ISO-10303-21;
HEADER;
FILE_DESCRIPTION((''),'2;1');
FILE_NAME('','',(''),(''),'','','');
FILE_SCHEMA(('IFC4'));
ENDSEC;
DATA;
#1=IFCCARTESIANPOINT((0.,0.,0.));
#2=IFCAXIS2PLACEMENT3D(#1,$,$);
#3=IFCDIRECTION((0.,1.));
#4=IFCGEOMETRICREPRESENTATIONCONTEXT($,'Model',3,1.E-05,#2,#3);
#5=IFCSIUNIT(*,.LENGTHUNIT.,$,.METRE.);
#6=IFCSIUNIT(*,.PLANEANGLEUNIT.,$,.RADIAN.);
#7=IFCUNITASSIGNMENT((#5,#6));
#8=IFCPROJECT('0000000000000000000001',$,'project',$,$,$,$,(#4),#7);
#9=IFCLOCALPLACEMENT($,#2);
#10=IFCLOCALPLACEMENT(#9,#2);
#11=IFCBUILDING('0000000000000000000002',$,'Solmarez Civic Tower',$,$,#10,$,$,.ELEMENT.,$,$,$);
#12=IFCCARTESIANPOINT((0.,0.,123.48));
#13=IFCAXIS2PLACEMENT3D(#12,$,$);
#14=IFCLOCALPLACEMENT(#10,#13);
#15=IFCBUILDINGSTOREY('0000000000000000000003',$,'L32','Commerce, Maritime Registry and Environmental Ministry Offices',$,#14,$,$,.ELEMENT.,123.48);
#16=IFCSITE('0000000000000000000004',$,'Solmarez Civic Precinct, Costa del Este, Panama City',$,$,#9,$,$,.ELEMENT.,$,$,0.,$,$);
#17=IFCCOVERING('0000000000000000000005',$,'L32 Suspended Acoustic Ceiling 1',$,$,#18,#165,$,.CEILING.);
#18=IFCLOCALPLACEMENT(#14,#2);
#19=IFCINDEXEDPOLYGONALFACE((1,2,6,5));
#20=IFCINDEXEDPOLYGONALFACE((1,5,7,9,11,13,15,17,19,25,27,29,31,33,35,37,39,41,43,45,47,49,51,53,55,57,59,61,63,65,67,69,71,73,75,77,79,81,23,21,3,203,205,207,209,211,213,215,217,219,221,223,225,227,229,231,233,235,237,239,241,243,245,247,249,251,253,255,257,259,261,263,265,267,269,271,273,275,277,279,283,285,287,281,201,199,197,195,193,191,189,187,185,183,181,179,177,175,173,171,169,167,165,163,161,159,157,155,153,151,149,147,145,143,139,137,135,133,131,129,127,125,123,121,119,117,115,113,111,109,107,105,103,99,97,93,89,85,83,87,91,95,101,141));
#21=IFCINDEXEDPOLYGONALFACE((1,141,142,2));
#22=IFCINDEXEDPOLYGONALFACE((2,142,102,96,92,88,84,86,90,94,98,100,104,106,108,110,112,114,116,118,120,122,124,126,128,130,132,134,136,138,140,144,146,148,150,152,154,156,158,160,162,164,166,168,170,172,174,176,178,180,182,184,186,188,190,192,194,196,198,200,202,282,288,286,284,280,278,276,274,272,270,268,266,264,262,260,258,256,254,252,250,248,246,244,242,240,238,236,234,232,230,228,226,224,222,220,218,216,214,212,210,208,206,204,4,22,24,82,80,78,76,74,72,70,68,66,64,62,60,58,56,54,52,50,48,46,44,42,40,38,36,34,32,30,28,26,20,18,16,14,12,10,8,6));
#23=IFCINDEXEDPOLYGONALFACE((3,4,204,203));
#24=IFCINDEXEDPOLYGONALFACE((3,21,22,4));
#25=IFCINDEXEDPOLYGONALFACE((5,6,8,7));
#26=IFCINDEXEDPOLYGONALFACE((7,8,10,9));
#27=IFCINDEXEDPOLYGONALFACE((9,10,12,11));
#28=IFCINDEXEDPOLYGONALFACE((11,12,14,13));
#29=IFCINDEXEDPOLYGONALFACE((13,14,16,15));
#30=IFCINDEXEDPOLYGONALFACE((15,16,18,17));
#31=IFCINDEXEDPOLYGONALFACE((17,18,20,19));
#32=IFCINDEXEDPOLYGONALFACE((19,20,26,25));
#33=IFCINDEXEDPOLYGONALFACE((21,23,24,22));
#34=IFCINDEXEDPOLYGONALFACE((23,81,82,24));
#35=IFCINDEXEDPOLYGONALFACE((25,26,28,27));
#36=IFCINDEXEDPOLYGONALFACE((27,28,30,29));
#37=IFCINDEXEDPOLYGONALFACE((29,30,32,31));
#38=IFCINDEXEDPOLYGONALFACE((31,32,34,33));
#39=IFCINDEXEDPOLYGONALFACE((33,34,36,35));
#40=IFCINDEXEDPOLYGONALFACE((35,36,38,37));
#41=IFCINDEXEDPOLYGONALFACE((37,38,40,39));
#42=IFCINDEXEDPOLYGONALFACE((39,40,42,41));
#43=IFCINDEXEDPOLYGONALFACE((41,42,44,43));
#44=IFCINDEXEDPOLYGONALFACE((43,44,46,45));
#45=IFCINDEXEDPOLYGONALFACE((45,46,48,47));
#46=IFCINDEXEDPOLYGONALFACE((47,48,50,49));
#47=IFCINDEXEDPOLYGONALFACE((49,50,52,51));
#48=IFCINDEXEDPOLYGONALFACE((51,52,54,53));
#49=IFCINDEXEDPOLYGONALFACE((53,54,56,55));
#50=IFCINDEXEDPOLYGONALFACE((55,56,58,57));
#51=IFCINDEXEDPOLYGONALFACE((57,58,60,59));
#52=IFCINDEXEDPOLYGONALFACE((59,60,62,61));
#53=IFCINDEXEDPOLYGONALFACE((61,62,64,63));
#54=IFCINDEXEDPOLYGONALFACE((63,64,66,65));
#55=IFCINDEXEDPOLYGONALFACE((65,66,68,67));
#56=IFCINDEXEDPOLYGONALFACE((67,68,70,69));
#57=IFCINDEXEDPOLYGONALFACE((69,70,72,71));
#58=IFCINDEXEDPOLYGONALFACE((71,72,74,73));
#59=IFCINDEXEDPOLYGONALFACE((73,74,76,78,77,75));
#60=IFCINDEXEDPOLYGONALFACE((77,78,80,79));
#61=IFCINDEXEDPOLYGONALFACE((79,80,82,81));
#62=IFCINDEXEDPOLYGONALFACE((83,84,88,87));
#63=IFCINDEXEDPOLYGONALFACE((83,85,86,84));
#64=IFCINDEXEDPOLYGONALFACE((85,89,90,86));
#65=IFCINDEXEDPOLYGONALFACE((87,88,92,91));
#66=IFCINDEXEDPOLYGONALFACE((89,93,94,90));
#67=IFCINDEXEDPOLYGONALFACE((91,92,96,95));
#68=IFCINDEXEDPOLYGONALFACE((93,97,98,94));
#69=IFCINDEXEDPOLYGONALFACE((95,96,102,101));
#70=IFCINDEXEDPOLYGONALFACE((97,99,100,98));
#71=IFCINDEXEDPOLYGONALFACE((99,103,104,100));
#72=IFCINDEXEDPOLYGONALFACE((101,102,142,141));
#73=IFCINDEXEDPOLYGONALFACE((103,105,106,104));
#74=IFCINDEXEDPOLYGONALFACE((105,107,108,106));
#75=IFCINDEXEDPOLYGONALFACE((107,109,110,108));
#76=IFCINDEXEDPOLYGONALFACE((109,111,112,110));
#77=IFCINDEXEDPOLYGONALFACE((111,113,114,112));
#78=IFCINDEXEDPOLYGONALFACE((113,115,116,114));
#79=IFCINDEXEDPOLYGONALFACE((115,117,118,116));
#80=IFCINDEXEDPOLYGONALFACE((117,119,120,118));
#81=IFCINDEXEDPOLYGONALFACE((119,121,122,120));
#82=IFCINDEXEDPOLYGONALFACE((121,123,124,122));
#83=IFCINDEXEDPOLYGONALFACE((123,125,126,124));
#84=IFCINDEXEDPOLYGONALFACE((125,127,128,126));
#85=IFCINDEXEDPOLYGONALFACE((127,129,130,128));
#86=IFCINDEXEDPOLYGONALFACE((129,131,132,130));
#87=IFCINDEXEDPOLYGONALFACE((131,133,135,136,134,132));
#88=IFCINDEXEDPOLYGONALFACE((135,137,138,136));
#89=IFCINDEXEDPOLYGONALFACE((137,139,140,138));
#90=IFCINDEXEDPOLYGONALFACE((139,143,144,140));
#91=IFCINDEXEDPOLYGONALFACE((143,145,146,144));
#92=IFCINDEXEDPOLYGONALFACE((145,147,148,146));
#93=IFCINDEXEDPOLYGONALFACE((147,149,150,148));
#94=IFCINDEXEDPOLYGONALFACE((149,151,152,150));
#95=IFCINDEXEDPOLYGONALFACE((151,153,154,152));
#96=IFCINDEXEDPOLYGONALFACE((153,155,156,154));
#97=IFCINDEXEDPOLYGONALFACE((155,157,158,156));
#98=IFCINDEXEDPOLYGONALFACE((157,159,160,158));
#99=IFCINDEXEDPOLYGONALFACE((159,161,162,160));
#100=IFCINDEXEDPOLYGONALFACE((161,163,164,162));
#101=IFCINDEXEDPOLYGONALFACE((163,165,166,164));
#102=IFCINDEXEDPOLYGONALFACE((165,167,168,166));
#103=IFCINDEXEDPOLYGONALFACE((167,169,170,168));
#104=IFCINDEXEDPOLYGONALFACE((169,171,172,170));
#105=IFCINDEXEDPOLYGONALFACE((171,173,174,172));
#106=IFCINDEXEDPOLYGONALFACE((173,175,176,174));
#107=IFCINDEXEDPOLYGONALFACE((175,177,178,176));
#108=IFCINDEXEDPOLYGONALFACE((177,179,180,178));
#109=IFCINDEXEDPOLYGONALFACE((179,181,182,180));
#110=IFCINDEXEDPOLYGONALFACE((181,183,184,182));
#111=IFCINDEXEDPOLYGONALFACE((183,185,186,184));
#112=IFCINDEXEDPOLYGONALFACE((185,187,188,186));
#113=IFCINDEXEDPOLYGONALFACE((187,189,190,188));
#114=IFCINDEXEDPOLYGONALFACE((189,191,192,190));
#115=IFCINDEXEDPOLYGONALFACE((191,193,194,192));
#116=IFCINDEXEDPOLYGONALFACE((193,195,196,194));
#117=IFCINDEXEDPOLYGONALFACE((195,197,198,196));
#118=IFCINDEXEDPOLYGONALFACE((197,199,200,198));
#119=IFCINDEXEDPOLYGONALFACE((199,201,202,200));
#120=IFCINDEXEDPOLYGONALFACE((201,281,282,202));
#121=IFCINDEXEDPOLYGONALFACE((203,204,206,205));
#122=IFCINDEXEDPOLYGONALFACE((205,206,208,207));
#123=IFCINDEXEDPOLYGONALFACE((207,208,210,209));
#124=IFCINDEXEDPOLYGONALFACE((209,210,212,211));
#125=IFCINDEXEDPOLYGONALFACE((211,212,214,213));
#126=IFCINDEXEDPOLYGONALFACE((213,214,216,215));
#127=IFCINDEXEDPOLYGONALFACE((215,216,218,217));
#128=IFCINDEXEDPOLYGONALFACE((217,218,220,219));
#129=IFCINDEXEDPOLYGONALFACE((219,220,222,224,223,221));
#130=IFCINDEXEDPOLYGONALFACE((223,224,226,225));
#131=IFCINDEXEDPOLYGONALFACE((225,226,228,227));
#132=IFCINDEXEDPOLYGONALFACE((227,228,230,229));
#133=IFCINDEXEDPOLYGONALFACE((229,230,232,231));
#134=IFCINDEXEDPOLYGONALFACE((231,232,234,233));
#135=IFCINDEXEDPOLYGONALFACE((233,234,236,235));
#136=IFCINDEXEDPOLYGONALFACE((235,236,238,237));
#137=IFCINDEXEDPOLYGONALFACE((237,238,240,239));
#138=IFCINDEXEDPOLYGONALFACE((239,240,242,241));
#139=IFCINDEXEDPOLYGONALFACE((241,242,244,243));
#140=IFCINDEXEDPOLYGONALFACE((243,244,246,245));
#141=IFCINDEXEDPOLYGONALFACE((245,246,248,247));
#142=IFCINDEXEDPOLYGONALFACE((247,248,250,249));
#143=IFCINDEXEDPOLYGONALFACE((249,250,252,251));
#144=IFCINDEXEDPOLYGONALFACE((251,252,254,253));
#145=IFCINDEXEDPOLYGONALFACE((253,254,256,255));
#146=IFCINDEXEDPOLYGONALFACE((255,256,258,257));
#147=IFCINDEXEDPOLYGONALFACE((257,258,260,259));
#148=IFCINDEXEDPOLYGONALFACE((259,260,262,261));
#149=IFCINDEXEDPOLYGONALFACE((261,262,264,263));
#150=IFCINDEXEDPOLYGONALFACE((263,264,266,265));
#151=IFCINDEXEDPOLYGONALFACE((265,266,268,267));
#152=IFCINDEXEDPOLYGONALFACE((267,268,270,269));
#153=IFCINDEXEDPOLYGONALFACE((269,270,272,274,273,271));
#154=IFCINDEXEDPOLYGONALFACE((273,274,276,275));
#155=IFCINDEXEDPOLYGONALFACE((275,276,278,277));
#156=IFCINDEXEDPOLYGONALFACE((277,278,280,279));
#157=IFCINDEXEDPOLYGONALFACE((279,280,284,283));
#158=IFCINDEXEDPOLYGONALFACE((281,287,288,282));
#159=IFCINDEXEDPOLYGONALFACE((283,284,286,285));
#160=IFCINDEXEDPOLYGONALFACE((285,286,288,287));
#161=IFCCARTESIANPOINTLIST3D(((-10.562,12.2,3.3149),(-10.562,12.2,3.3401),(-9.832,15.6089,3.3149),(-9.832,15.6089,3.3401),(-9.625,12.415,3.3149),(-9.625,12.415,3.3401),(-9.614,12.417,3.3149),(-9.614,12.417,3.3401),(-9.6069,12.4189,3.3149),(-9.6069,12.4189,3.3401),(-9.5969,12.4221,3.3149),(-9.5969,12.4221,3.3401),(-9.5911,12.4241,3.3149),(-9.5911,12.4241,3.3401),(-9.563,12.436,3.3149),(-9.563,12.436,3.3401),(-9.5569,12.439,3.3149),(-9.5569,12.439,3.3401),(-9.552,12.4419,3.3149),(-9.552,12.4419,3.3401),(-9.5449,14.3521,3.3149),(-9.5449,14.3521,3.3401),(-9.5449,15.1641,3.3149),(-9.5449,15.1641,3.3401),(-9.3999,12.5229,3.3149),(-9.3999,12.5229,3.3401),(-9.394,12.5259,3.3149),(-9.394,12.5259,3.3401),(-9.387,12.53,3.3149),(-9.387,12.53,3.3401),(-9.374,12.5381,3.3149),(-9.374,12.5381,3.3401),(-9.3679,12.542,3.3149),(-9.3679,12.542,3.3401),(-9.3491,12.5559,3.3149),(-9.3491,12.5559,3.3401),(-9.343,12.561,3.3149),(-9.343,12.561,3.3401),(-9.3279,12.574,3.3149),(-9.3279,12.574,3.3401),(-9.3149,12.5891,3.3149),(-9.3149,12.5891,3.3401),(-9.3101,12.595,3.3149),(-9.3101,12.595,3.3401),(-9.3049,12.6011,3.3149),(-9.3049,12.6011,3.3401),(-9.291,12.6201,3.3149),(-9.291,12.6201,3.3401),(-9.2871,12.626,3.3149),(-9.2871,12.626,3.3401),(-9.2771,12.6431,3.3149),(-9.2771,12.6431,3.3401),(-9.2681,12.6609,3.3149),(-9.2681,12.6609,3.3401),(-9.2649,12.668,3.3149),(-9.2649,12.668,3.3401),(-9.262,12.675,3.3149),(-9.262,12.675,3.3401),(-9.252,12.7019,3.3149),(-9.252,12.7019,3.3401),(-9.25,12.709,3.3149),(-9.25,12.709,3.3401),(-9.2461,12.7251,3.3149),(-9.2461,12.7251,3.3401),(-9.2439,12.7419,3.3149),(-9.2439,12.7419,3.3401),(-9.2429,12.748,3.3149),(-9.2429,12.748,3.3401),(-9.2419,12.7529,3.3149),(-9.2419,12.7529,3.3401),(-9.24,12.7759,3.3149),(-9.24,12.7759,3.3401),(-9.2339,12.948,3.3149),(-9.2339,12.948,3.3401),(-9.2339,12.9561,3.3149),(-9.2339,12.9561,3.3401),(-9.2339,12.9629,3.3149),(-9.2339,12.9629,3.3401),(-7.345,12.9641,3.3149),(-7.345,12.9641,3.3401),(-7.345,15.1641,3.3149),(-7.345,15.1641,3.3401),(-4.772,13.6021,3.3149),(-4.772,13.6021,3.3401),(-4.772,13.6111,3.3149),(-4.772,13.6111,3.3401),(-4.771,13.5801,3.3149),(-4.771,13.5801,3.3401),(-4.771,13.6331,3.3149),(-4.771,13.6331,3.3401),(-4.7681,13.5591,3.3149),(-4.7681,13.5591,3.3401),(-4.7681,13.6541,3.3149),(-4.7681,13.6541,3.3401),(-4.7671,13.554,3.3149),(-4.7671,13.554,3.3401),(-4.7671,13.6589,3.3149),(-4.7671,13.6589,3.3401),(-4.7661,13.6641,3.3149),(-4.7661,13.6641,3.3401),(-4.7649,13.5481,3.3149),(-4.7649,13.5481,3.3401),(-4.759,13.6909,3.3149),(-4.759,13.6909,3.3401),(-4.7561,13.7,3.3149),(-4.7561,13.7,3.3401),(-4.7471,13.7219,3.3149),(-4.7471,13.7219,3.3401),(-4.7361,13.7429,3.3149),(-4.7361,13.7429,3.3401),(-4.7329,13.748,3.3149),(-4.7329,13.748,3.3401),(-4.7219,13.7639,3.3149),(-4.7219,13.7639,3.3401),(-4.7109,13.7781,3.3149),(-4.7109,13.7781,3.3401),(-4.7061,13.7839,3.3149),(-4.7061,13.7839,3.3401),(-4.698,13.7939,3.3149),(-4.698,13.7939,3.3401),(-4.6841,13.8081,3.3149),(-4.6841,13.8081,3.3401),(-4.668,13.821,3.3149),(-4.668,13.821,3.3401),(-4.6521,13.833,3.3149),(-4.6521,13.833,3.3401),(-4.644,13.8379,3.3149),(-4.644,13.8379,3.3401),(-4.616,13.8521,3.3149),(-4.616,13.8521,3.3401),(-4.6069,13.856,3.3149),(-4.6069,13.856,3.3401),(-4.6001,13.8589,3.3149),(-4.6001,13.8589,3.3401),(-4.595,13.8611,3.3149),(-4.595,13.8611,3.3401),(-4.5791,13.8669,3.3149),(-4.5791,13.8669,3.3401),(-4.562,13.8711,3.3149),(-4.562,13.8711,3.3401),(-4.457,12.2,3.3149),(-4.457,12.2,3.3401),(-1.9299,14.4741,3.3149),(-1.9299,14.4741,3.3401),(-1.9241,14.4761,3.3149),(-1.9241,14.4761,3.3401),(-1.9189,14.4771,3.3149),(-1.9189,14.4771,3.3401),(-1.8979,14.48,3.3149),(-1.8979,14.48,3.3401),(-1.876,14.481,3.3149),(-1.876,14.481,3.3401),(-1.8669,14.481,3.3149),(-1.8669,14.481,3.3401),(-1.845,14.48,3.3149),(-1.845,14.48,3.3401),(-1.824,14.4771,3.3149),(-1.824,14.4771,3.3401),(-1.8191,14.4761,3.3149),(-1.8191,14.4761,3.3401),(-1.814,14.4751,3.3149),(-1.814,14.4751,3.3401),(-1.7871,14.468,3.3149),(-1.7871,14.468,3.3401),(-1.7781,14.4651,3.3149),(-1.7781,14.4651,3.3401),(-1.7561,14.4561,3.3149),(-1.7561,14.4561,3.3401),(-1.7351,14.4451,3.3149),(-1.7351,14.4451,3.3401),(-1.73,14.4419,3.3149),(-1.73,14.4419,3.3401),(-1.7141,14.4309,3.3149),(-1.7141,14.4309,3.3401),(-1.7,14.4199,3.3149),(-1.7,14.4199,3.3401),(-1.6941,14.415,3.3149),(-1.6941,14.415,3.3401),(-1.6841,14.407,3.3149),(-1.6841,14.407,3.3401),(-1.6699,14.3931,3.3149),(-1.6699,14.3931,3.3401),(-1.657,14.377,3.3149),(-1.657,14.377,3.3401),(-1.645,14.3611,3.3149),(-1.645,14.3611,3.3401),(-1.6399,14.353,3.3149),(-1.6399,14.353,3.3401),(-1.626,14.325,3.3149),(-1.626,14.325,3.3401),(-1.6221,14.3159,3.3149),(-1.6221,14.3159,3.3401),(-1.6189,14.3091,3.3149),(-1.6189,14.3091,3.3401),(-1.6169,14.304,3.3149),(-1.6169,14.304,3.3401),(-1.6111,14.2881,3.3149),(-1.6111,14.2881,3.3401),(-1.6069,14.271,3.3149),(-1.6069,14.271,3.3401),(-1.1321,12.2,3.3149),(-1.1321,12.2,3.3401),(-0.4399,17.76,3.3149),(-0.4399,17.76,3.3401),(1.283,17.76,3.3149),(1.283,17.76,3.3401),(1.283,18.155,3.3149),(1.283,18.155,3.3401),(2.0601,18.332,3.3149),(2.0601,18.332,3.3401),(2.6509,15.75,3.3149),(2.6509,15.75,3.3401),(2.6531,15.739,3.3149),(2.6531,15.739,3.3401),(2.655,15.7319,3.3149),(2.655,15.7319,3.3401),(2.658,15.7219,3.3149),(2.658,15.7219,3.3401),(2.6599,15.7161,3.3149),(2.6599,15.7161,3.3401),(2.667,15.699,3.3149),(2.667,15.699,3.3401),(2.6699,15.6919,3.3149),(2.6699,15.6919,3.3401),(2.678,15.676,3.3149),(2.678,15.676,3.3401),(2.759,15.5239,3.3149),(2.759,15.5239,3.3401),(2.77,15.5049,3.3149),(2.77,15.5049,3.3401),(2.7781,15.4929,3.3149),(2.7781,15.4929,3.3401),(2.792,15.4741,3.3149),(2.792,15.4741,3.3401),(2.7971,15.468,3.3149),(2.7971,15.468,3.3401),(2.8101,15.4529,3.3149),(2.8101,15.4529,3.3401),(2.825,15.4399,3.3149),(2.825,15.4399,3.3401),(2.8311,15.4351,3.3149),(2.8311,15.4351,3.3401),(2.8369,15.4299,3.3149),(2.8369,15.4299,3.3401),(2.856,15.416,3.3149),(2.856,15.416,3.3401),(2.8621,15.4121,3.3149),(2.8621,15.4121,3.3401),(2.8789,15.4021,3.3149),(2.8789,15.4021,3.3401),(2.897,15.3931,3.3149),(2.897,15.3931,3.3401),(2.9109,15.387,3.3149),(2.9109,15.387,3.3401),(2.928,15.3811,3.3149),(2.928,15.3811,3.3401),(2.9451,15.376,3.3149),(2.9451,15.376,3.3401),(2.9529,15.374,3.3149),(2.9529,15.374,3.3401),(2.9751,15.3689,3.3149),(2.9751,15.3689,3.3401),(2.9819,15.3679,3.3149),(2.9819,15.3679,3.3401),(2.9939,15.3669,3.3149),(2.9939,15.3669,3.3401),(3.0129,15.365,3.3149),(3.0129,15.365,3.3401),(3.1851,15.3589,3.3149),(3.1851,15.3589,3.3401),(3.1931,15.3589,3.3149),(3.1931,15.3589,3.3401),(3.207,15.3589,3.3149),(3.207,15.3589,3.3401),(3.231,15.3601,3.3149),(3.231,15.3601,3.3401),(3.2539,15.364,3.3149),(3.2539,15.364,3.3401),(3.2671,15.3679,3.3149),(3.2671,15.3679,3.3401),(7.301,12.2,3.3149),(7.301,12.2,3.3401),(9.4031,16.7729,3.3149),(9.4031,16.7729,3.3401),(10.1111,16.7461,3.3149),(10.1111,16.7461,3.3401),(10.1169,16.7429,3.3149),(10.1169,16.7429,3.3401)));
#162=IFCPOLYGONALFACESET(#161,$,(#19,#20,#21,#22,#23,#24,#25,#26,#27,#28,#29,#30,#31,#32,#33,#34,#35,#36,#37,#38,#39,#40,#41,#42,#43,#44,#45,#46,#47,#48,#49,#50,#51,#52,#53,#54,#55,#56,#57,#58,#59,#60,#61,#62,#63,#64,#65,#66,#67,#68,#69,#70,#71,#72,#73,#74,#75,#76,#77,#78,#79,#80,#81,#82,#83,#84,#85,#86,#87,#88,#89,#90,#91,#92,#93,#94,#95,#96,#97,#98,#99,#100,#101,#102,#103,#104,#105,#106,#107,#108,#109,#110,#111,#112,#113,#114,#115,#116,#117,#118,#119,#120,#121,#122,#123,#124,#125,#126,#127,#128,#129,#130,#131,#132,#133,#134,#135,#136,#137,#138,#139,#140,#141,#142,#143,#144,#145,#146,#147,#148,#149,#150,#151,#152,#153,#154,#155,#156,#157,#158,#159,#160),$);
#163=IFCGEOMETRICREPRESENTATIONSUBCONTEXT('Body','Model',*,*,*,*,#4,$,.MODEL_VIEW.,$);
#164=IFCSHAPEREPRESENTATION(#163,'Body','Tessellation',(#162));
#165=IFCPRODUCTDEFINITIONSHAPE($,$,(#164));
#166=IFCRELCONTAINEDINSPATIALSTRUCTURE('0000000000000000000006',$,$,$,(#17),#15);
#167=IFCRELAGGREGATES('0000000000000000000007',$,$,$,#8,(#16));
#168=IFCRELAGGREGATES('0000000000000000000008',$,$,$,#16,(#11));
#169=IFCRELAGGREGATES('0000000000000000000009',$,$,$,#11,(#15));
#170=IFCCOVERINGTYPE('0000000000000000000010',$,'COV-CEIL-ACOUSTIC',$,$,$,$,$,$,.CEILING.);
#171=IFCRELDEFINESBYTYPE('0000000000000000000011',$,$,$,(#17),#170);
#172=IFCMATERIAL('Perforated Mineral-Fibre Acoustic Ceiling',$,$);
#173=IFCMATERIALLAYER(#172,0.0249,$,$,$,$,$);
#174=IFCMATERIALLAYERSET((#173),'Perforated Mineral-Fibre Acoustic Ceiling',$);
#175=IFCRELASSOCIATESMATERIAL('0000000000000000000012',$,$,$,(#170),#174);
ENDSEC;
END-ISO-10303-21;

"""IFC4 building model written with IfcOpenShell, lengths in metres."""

from ifc_helpers import new_model, si_unit, direction, frame, origin, place, context, subcontext, project, spatial, polyline, outline, extrude, material, layer, layer_set, type_object, element, save


model = new_model("IFC4")

# Units and contexts
model_context = context("Model", 3, precision=1e-05, world=origin(), true_north=direction((0.0, 1.0)))
body_context = subcontext(model_context, "Body", "Model", "MODEL_VIEW")
ifc_project = project(units=[si_unit("LENGTHUNIT", "METRE"), si_unit("PLANEANGLEUNIT", "RADIAN")], contexts=[model_context])

# Site, building, storey
site_placement = place(None, origin())
site = spatial("IfcSite", under=ifc_project, at=site_placement, Name="Solmarez Civic Precinct, Costa del Este, Panama City", CompositionType="ELEMENT", RefElevation=0.0)
building_placement = place(site_placement, origin())
building = spatial("IfcBuilding", under=site, at=building_placement, Name="Solmarez Civic Tower", CompositionType="ELEMENT")
storey_placement = place(building_placement, frame((0.0, 0.0, 123.48)))
storey = spatial("IfcBuildingStorey", under=building, at=storey_placement, Name="L32", Description="Commerce, Maritime Registry and Environmental Ministry Offices", CompositionType="ELEMENT", Elevation=123.48)

# Covering
ifc_material_1 = material(Name="Perforated Mineral-Fibre Acoustic Ceiling")
ifc_layer_1 = layer(ifc_material_1, 0.0249)
ifc_layer_set_1 = layer_set([ifc_layer_1], Name="Perforated Mineral-Fibre Acoustic Ceiling")
covering_type_1 = type_object("IfcCoveringType", Name="COV-CEIL-ACOUSTIC", PredefinedType="CEILING", material=ifc_layer_set_1)
covering_1_placement = place(storey_placement, frame((0.0, 0.0, 3.3149)))
element("IfcCovering", 1, at=covering_1_placement, inside=storey, type_object=covering_type_1, Name="L32 Suspended Acoustic Ceiling 1", PredefinedType="CEILING", context=body_context, shape_type="SweptSolid", body=[
    extrude(outline(polyline([(-9.832, 15.6089), (-9.5449, 14.3521), (-9.5449, 15.1641), (-7.345, 15.1641), (-7.345, 12.9641), (-9.2339, 12.9629), (-9.2339, 12.9561), (-9.2339, 12.948), (-9.24, 12.7759), (-9.2419, 12.7529), (-9.2429, 12.748), (-9.2439, 12.7419), (-9.2461, 12.7251), (-9.25, 12.709), (-9.252, 12.7019), (-9.262, 12.675), (-9.2649, 12.668), (-9.2681, 12.6609), (-9.2771, 12.6431), (-9.2871, 12.626), (-9.291, 12.6201), (-9.3049, 12.6011), (-9.3101, 12.595), (-9.3149, 12.5891), (-9.3279, 12.574), (-9.343, 12.561), (-9.3491, 12.5559), (-9.3679, 12.542), (-9.374, 12.5381), (-9.387, 12.53), (-9.394, 12.5259), (-9.3999, 12.5229), (-9.552, 12.4419), (-9.5569, 12.439), (-9.563, 12.436), (-9.5911, 12.4241), (-9.5969, 12.4221), (-9.6069, 12.4189), (-9.614, 12.417), (-9.625, 12.415), (-10.562, 12.2), (-4.457, 12.2), (-4.7649, 13.5481), (-4.7671, 13.554), (-4.7681, 13.5591), (-4.771, 13.5801), (-4.772, 13.6021), (-4.772, 13.6111), (-4.771, 13.6331), (-4.7681, 13.6541), (-4.7671, 13.6589), (-4.7661, 13.6641), (-4.759, 13.6909), (-4.7561, 13.7), (-4.7471, 13.7219), (-4.7361, 13.7429), (-4.7329, 13.748), (-4.7219, 13.7639), (-4.7109, 13.7781), (-4.7061, 13.7839), (-4.698, 13.7939), (-4.6841, 13.8081), (-4.668, 13.821), (-4.6521, 13.833), (-4.644, 13.8379), (-4.616, 13.8521), (-4.6069, 13.856), (-4.6001, 13.8589), (-4.595, 13.8611), (-4.5791, 13.8669), (-4.562, 13.8711), (-1.9299, 14.4741), (-1.9241, 14.4761), (-1.9189, 14.4771), (-1.8979, 14.48), (-1.876, 14.481), (-1.8669, 14.481), (-1.845, 14.48), (-1.824, 14.4771), (-1.8191, 14.4761), (-1.814, 14.4751), (-1.7871, 14.468), (-1.7781, 14.4651), (-1.7561, 14.4561), (-1.7351, 14.4451), (-1.73, 14.4419), (-1.7141, 14.4309), (-1.7, 14.4199), (-1.6941, 14.415), (-1.6841, 14.407), (-1.6699, 14.3931), (-1.657, 14.377), (-1.645, 14.3611), (-1.6399, 14.353), (-1.626, 14.325), (-1.6221, 14.3159), (-1.6189, 14.3091), (-1.6169, 14.304), (-1.6111, 14.2881), (-1.6069, 14.271), (-1.1321, 12.2), (7.301, 12.2), (10.1169, 16.7429), (10.1111, 16.7461), (9.4031, 16.7729), (3.2671, 15.3679), (3.2539, 15.364), (3.231, 15.3601), (3.207, 15.3589), (3.1931, 15.3589), (3.1851, 15.3589), (3.0129, 15.365), (2.9939, 15.3669), (2.9819, 15.3679), (2.9751, 15.3689), (2.9529, 15.374), (2.9451, 15.376), (2.928, 15.3811), (2.9109, 15.387), (2.897, 15.3931), (2.8789, 15.4021), (2.8621, 15.4121), (2.856, 15.416), (2.8369, 15.4299), (2.8311, 15.4351), (2.825, 15.4399), (2.8101, 15.4529), (2.7971, 15.468), (2.792, 15.4741), (2.7781, 15.4929), (2.77, 15.5049), (2.759, 15.5239), (2.678, 15.676), (2.6699, 15.6919), (2.667, 15.699), (2.6599, 15.7161), (2.658, 15.7219), (2.655, 15.7319), (2.6531, 15.739), (2.6509, 15.75), (2.0601, 18.332), (1.283, 18.155), (1.283, 17.76), (-0.4399, 17.76), (-9.832, 15.6089)])), origin(), (0.0, 0.0, 1.0), 0.0251),
])

save(model, "model.ifc")
